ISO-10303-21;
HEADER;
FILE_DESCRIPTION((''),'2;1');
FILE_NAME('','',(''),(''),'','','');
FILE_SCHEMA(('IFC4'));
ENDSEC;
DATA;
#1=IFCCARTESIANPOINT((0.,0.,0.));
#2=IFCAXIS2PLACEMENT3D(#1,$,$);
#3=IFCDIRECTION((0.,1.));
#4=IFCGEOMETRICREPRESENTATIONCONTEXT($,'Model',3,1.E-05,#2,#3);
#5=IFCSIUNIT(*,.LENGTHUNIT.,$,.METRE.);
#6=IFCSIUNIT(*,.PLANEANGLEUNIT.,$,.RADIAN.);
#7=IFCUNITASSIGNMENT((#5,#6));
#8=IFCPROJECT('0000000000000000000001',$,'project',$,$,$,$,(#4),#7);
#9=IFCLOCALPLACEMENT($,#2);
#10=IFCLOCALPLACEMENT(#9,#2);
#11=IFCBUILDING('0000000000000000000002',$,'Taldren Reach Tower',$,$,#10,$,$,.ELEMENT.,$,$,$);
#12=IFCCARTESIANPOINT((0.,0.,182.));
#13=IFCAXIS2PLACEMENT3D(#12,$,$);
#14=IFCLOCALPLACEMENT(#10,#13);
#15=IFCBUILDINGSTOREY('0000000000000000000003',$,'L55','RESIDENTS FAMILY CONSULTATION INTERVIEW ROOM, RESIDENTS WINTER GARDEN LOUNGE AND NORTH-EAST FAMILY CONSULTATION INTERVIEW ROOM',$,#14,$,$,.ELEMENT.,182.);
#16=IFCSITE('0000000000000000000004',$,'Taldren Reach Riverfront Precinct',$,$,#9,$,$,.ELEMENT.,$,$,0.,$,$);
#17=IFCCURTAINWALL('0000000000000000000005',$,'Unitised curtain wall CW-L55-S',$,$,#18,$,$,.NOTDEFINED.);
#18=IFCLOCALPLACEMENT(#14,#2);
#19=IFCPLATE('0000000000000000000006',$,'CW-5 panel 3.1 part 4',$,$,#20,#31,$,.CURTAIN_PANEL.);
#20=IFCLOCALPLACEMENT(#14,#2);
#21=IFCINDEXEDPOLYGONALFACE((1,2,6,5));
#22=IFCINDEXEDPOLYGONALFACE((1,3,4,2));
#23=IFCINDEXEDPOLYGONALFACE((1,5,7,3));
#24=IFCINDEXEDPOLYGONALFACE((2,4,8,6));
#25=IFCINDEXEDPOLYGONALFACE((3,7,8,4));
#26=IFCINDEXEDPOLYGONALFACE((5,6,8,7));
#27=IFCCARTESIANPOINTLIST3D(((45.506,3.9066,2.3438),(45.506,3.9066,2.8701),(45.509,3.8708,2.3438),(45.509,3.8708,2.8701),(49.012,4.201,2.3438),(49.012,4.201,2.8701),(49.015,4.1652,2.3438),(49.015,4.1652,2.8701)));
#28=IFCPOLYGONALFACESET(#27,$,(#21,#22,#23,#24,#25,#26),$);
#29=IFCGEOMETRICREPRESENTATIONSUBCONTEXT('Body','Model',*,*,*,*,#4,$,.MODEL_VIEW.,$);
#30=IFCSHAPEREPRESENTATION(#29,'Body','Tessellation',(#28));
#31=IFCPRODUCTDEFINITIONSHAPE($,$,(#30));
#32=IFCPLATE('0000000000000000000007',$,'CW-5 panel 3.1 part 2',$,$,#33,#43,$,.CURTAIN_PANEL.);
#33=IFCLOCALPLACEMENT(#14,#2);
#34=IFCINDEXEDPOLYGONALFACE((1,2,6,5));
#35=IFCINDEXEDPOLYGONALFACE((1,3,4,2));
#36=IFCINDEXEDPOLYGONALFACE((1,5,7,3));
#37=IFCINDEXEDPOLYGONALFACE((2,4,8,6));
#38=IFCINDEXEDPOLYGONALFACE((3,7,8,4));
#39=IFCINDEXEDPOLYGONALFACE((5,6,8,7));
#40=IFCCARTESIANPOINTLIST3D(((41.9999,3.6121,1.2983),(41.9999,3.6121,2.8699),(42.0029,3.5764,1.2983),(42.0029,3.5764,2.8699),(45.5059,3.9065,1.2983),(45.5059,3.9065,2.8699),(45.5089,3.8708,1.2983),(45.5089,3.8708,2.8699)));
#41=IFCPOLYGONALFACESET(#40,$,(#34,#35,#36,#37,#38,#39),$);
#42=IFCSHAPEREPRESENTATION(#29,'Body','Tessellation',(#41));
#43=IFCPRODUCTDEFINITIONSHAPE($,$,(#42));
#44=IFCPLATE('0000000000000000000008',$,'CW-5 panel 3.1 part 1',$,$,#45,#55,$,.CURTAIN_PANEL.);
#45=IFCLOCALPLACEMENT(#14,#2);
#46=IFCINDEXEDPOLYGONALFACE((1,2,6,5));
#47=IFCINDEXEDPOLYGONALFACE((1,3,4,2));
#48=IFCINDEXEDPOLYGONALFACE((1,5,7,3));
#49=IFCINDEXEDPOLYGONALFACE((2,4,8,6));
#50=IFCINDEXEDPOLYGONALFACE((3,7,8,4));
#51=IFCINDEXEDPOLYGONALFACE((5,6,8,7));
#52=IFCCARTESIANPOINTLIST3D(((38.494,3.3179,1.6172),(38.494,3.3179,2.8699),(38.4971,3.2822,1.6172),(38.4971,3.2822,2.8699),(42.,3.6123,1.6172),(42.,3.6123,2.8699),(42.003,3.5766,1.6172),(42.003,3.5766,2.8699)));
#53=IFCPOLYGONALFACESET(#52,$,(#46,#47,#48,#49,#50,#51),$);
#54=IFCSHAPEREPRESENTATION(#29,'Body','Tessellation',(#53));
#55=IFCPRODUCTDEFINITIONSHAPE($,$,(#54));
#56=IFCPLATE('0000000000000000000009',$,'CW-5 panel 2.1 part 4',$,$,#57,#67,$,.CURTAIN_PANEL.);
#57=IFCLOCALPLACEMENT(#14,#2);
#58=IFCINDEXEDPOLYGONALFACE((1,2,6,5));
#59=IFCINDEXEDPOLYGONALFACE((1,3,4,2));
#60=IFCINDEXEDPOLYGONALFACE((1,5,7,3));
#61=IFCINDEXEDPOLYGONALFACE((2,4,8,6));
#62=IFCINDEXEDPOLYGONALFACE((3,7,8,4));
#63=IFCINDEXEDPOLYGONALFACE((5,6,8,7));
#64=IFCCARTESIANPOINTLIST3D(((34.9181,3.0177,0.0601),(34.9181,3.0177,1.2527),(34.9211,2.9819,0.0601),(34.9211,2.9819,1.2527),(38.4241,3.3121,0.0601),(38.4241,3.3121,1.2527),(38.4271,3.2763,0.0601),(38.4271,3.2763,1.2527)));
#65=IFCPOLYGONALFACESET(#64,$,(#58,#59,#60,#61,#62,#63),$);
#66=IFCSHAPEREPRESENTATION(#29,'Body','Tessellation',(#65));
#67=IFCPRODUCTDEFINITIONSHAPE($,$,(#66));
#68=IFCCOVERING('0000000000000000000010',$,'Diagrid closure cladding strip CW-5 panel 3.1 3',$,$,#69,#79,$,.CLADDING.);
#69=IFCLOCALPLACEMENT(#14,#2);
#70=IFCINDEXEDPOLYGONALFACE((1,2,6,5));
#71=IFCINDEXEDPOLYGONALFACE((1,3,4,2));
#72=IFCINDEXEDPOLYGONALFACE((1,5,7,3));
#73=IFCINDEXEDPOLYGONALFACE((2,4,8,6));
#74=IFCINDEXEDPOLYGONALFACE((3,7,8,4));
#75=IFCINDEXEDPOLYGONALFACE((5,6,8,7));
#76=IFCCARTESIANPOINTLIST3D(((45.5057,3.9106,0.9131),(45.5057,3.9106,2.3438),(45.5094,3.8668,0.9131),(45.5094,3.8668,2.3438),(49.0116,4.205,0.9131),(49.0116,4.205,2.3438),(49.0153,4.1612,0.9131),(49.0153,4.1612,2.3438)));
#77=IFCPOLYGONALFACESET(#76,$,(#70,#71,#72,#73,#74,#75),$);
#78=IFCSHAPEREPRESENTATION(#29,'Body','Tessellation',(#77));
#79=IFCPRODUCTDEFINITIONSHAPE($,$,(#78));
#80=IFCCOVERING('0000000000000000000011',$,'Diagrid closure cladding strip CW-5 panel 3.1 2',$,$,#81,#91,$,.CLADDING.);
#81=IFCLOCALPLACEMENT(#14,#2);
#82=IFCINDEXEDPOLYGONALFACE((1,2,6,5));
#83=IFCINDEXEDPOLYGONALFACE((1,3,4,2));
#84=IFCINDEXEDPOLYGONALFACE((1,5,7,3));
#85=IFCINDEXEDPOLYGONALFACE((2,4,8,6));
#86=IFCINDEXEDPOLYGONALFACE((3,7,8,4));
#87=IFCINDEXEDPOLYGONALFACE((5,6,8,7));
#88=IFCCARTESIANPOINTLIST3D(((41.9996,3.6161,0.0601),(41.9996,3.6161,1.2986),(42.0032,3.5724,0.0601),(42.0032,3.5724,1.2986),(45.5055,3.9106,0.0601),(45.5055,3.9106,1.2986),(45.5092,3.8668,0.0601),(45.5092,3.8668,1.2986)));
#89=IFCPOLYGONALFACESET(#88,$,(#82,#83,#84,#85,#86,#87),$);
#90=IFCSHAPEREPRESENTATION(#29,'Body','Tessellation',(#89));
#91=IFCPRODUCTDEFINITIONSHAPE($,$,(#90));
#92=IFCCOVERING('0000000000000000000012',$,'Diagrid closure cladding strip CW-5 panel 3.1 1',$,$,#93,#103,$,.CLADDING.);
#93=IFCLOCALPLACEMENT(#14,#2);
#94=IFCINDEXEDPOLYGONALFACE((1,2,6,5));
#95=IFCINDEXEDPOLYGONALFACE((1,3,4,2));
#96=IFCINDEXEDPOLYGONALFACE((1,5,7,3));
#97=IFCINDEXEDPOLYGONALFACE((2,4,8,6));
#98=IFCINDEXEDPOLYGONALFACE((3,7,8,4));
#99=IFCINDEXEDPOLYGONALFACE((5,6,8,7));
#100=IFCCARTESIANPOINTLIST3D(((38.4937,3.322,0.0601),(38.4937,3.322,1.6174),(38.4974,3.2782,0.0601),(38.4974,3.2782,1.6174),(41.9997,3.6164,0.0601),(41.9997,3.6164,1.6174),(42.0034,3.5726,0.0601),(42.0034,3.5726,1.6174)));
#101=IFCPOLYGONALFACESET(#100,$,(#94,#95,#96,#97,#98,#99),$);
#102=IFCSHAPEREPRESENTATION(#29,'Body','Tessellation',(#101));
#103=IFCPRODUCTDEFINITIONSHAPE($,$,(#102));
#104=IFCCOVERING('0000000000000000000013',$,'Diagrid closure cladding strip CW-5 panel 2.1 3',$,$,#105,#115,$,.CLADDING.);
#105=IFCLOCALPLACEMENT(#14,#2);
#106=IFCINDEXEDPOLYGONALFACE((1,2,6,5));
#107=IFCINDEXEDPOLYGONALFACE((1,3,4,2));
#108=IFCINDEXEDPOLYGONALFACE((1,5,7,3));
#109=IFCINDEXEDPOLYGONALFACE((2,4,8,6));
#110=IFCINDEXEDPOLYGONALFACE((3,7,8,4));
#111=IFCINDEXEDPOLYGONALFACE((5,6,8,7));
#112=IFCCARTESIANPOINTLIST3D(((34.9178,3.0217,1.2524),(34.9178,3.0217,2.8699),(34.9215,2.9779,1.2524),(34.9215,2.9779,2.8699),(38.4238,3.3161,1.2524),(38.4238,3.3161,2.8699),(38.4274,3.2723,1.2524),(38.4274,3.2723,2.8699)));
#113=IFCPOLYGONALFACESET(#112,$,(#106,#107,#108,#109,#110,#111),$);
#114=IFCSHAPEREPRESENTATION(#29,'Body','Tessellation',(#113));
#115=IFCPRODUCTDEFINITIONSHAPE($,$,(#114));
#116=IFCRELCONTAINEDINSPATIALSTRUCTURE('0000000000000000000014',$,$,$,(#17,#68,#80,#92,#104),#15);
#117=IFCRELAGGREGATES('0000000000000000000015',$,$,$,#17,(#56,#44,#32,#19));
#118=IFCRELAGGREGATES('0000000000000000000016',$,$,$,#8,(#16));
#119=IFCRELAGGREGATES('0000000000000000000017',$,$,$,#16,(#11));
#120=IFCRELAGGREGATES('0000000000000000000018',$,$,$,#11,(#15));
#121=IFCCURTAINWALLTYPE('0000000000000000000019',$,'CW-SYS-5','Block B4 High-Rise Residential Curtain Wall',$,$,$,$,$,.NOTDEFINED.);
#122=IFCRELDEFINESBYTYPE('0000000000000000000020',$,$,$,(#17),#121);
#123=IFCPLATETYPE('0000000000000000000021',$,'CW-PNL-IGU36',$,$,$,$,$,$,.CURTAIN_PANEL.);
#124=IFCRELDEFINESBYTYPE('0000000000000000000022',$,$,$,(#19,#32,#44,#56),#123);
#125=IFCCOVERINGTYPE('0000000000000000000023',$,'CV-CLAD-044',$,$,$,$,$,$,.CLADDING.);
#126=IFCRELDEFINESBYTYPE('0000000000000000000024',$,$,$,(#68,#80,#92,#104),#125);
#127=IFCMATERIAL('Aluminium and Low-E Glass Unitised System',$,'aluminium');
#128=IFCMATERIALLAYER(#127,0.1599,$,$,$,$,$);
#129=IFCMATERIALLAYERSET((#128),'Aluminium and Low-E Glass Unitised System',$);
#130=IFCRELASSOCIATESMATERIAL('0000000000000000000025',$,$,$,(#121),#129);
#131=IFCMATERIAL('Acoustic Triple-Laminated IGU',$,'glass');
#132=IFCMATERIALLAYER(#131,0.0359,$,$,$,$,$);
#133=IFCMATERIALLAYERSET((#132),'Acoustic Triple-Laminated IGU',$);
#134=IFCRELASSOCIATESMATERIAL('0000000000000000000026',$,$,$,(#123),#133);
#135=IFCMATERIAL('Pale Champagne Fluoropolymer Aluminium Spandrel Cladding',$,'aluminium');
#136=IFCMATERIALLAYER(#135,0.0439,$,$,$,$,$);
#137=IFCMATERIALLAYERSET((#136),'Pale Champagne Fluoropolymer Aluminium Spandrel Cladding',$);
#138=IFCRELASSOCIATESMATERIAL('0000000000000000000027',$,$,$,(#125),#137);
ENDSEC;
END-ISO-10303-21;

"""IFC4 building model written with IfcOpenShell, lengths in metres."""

from ifc_helpers import new_model, si_unit, direction, frame, origin, origin_2d, place, context, subcontext, project, spatial, rectangle, extrude, source, transform, mapped, material, layer, layer_set, type_object, element, aggregate, save


model = new_model("IFC4")

# Units and contexts
model_context = context("Model", 3, precision=1e-05, world=origin(), true_north=direction((0.0, 1.0)))
body_context = subcontext(model_context, "Body", "Model", "MODEL_VIEW")
ifc_project = project(units=[si_unit("LENGTHUNIT", "METRE"), si_unit("PLANEANGLEUNIT", "RADIAN")], contexts=[model_context])

# Site, building, storey
site_placement = place(None, origin())
site = spatial("IfcSite", under=ifc_project, at=site_placement, Name="Taldren Reach Riverfront Precinct", CompositionType="ELEMENT", RefElevation=0.0)
building_placement = place(site_placement, origin())
building = spatial("IfcBuilding", under=site, at=building_placement, Name="Taldren Reach Tower", CompositionType="ELEMENT")
storey_placement = place(building_placement, frame((0.0, 0.0, 182.0)))
storey = spatial("IfcBuildingStorey", under=building, at=storey_placement, Name="L55", Description="RESIDENTS FAMILY CONSULTATION INTERVIEW ROOM, RESIDENTS WINTER GARDEN LOUNGE AND NORTH-EAST FAMILY CONSULTATION INTERVIEW ROOM", CompositionType="ELEMENT", Elevation=182.0)

# Curtain wall
ifc_material_1 = material(Name="Aluminium and Low-E Glass Unitised System", Category="aluminium")
ifc_layer_1 = layer(ifc_material_1, 0.1599)
ifc_layer_set_1 = layer_set([ifc_layer_1], Name="Aluminium and Low-E Glass Unitised System")
curtain_wall_type = type_object("IfcCurtainWallType", Name="CW-SYS-5", Description="Block B4 High-Rise Residential Curtain Wall", PredefinedType="NOTDEFINED", material=ifc_layer_set_1)
curtain_wall_placement = place(storey_placement, origin())
curtain_wall = element("IfcCurtainWall", 1, at=curtain_wall_placement, inside=storey, type_object=curtain_wall_type, Name="Unitised curtain wall CW-L55-S", PredefinedType="NOTDEFINED")

# Plates
ifc_material_2 = material(Name="Acoustic Triple-Laminated IGU", Category="glass")
ifc_layer_2 = layer(ifc_material_2, 0.0359)
ifc_layer_set_2 = layer_set([ifc_layer_2], Name="Acoustic Triple-Laminated IGU")
plate_type_1 = type_object("IfcPlateType", Name="CW-PNL-IGU36", PredefinedType="CURTAIN_PANEL", material=ifc_layer_set_2)
shared_shape_1 = source(origin(), body_context, "Body", "SweptSolid", [
    extrude(rectangle(XDim=3.5183, YDim=0.0359, at=origin_2d()), origin(), (0.0, 0.0, 1.0), 0.5264),
])
plate_1_placement = place(storey_placement, frame((47.2605, 4.0359, 2.3438), z_axis=(0.0, 0.0, 1.0), x_axis=(0.996493, 0.083678, 0.0)))
plate_1 = element("IfcPlate", 2, at=plate_1_placement, type_object=plate_type_1, Name="CW-5 panel 3.1 part 4", PredefinedType="CURTAIN_PANEL", context=body_context, shape_type="MappedRepresentation", body=[
    mapped(shared_shape_1, transform((0.0, 0.0, 0.0), scale=1.0)),
])
shared_shape_2 = source(origin(), body_context, "Body", "SweptSolid", [
    extrude(rectangle(XDim=3.5183, YDim=0.0359, at=origin_2d()), origin(), (0.0, 0.0, 1.0), 1.5715),
])
plate_2_placement = place(storey_placement, frame((43.7544, 3.7415, 1.2983), z_axis=(0.0, 0.0, 1.0), x_axis=(0.996493, 0.083678, 0.0)))
plate_2 = element("IfcPlate", 3, at=plate_2_placement, type_object=plate_type_1, Name="CW-5 panel 3.1 part 2", PredefinedType="CURTAIN_PANEL", context=body_context, shape_type="MappedRepresentation", body=[
    mapped(shared_shape_2, transform((0.0, 0.0, 0.0), scale=1.0)),
])
shared_shape_3 = source(origin(), body_context, "Body", "SweptSolid", [
    extrude(rectangle(XDim=3.5183, YDim=0.0359, at=origin_2d()), origin(), (0.0, 0.0, 1.0), 1.2527),
])
plate_3_placement = place(storey_placement, frame((40.2485, 3.4473, 1.6172), z_axis=(0.0, 0.0, 1.0), x_axis=(0.996493, 0.083678, 0.0)))
plate_3 = element("IfcPlate", 4, at=plate_3_placement, type_object=plate_type_1, Name="CW-5 panel 3.1 part 1", PredefinedType="CURTAIN_PANEL", context=body_context, shape_type="MappedRepresentation", body=[
    mapped(shared_shape_3, transform((0.0, 0.0, 0.0), scale=1.0)),
])
shared_shape_4 = source(origin(), body_context, "Body", "SweptSolid", [
    extrude(rectangle(XDim=3.5183, YDim=0.0359, at=origin_2d()), origin(), (0.0, 0.0, 1.0), 1.1926),
])
plate_4_placement = place(storey_placement, frame((36.6726, 3.147, 0.0601), z_axis=(0.0, 0.0, 1.0), x_axis=(0.996493, 0.083678, 0.0)))
plate_4 = element("IfcPlate", 5, at=plate_4_placement, type_object=plate_type_1, Name="CW-5 panel 2.1 part 4", PredefinedType="CURTAIN_PANEL", context=body_context, shape_type="MappedRepresentation", body=[
    mapped(shared_shape_4, transform((0.0, 0.0, 0.0), scale=1.0)),
])
aggregate(curtain_wall, [plate_4, plate_3, plate_2, plate_1])

# Coverings
ifc_material_3 = material(Name="Pale Champagne Fluoropolymer Aluminium Spandrel Cladding", Category="aluminium")
ifc_layer_3 = layer(ifc_material_3, 0.0439)
ifc_layer_set_3 = layer_set([ifc_layer_3], Name="Pale Champagne Fluoropolymer Aluminium Spandrel Cladding")
covering_type = type_object("IfcCoveringType", Name="CV-CLAD-044", PredefinedType="CLADDING", material=ifc_layer_set_3)
shared_shape_5 = source(origin(), body_context, "Body", "SweptSolid", [
    extrude(rectangle(XDim=3.5183, YDim=0.0439, at=origin_2d()), origin(), (0.0, 0.0, 1.0), 1.4307),
])
covering_1_placement = place(storey_placement, frame((47.2605, 4.0359, 0.9131), z_axis=(0.0, 0.0, 1.0), x_axis=(0.996493, 0.083678, 0.0)))
element("IfcCovering", 6, at=covering_1_placement, inside=storey, type_object=covering_type, Name="Diagrid closure cladding strip CW-5 panel 3.1 3", PredefinedType="CLADDING", context=body_context, shape_type="MappedRepresentation", body=[
    mapped(shared_shape_5, transform((0.0, 0.0, 0.0), scale=1.0)),
])
shared_shape_6 = source(origin(), body_context, "Body", "SweptSolid", [
    extrude(rectangle(XDim=3.5183, YDim=0.0439, at=origin_2d()), origin(), (0.0, 0.0, 1.0), 1.2385),
])
covering_2_placement = place(storey_placement, frame((43.7544, 3.7415, 0.0601), z_axis=(0.0, 0.0, 1.0), x_axis=(0.996493, 0.083678, 0.0)))
element("IfcCovering", 7, at=covering_2_placement, inside=storey, type_object=covering_type, Name="Diagrid closure cladding strip CW-5 panel 3.1 2", PredefinedType="CLADDING", context=body_context, shape_type="MappedRepresentation", body=[
    mapped(shared_shape_6, transform((0.0, 0.0, 0.0), scale=1.0)),
])
shared_shape_7 = source(origin(), body_context, "Body", "SweptSolid", [
    extrude(rectangle(XDim=3.5183, YDim=0.0439, at=origin_2d()), origin(), (0.0, 0.0, 1.0), 1.5574),
])
covering_3_placement = place(storey_placement, frame((40.2485, 3.4473, 0.0601), z_axis=(0.0, 0.0, 1.0), x_axis=(0.996493, 0.083678, 0.0)))
element("IfcCovering", 8, at=covering_3_placement, inside=storey, type_object=covering_type, Name="Diagrid closure cladding strip CW-5 panel 3.1 1", PredefinedType="CLADDING", context=body_context, shape_type="MappedRepresentation", body=[
    mapped(shared_shape_7, transform((0.0, 0.0, 0.0), scale=1.0)),
])
shared_shape_8 = source(origin(), body_context, "Body", "SweptSolid", [
    extrude(rectangle(XDim=3.5183, YDim=0.0439, at=origin_2d()), origin(), (0.0, 0.0, 1.0), 1.6174),
])
covering_4_placement = place(storey_placement, frame((36.6726, 3.147, 1.2524), z_axis=(0.0, 0.0, 1.0), x_axis=(0.996493, 0.083678, 0.0)))
element("IfcCovering", 9, at=covering_4_placement, inside=storey, type_object=covering_type, Name="Diagrid closure cladding strip CW-5 panel 2.1 3", PredefinedType="CLADDING", context=body_context, shape_type="MappedRepresentation", body=[
    mapped(shared_shape_8, transform((0.0, 0.0, 0.0), scale=1.0)),
])

save(model, "model.ifc")
